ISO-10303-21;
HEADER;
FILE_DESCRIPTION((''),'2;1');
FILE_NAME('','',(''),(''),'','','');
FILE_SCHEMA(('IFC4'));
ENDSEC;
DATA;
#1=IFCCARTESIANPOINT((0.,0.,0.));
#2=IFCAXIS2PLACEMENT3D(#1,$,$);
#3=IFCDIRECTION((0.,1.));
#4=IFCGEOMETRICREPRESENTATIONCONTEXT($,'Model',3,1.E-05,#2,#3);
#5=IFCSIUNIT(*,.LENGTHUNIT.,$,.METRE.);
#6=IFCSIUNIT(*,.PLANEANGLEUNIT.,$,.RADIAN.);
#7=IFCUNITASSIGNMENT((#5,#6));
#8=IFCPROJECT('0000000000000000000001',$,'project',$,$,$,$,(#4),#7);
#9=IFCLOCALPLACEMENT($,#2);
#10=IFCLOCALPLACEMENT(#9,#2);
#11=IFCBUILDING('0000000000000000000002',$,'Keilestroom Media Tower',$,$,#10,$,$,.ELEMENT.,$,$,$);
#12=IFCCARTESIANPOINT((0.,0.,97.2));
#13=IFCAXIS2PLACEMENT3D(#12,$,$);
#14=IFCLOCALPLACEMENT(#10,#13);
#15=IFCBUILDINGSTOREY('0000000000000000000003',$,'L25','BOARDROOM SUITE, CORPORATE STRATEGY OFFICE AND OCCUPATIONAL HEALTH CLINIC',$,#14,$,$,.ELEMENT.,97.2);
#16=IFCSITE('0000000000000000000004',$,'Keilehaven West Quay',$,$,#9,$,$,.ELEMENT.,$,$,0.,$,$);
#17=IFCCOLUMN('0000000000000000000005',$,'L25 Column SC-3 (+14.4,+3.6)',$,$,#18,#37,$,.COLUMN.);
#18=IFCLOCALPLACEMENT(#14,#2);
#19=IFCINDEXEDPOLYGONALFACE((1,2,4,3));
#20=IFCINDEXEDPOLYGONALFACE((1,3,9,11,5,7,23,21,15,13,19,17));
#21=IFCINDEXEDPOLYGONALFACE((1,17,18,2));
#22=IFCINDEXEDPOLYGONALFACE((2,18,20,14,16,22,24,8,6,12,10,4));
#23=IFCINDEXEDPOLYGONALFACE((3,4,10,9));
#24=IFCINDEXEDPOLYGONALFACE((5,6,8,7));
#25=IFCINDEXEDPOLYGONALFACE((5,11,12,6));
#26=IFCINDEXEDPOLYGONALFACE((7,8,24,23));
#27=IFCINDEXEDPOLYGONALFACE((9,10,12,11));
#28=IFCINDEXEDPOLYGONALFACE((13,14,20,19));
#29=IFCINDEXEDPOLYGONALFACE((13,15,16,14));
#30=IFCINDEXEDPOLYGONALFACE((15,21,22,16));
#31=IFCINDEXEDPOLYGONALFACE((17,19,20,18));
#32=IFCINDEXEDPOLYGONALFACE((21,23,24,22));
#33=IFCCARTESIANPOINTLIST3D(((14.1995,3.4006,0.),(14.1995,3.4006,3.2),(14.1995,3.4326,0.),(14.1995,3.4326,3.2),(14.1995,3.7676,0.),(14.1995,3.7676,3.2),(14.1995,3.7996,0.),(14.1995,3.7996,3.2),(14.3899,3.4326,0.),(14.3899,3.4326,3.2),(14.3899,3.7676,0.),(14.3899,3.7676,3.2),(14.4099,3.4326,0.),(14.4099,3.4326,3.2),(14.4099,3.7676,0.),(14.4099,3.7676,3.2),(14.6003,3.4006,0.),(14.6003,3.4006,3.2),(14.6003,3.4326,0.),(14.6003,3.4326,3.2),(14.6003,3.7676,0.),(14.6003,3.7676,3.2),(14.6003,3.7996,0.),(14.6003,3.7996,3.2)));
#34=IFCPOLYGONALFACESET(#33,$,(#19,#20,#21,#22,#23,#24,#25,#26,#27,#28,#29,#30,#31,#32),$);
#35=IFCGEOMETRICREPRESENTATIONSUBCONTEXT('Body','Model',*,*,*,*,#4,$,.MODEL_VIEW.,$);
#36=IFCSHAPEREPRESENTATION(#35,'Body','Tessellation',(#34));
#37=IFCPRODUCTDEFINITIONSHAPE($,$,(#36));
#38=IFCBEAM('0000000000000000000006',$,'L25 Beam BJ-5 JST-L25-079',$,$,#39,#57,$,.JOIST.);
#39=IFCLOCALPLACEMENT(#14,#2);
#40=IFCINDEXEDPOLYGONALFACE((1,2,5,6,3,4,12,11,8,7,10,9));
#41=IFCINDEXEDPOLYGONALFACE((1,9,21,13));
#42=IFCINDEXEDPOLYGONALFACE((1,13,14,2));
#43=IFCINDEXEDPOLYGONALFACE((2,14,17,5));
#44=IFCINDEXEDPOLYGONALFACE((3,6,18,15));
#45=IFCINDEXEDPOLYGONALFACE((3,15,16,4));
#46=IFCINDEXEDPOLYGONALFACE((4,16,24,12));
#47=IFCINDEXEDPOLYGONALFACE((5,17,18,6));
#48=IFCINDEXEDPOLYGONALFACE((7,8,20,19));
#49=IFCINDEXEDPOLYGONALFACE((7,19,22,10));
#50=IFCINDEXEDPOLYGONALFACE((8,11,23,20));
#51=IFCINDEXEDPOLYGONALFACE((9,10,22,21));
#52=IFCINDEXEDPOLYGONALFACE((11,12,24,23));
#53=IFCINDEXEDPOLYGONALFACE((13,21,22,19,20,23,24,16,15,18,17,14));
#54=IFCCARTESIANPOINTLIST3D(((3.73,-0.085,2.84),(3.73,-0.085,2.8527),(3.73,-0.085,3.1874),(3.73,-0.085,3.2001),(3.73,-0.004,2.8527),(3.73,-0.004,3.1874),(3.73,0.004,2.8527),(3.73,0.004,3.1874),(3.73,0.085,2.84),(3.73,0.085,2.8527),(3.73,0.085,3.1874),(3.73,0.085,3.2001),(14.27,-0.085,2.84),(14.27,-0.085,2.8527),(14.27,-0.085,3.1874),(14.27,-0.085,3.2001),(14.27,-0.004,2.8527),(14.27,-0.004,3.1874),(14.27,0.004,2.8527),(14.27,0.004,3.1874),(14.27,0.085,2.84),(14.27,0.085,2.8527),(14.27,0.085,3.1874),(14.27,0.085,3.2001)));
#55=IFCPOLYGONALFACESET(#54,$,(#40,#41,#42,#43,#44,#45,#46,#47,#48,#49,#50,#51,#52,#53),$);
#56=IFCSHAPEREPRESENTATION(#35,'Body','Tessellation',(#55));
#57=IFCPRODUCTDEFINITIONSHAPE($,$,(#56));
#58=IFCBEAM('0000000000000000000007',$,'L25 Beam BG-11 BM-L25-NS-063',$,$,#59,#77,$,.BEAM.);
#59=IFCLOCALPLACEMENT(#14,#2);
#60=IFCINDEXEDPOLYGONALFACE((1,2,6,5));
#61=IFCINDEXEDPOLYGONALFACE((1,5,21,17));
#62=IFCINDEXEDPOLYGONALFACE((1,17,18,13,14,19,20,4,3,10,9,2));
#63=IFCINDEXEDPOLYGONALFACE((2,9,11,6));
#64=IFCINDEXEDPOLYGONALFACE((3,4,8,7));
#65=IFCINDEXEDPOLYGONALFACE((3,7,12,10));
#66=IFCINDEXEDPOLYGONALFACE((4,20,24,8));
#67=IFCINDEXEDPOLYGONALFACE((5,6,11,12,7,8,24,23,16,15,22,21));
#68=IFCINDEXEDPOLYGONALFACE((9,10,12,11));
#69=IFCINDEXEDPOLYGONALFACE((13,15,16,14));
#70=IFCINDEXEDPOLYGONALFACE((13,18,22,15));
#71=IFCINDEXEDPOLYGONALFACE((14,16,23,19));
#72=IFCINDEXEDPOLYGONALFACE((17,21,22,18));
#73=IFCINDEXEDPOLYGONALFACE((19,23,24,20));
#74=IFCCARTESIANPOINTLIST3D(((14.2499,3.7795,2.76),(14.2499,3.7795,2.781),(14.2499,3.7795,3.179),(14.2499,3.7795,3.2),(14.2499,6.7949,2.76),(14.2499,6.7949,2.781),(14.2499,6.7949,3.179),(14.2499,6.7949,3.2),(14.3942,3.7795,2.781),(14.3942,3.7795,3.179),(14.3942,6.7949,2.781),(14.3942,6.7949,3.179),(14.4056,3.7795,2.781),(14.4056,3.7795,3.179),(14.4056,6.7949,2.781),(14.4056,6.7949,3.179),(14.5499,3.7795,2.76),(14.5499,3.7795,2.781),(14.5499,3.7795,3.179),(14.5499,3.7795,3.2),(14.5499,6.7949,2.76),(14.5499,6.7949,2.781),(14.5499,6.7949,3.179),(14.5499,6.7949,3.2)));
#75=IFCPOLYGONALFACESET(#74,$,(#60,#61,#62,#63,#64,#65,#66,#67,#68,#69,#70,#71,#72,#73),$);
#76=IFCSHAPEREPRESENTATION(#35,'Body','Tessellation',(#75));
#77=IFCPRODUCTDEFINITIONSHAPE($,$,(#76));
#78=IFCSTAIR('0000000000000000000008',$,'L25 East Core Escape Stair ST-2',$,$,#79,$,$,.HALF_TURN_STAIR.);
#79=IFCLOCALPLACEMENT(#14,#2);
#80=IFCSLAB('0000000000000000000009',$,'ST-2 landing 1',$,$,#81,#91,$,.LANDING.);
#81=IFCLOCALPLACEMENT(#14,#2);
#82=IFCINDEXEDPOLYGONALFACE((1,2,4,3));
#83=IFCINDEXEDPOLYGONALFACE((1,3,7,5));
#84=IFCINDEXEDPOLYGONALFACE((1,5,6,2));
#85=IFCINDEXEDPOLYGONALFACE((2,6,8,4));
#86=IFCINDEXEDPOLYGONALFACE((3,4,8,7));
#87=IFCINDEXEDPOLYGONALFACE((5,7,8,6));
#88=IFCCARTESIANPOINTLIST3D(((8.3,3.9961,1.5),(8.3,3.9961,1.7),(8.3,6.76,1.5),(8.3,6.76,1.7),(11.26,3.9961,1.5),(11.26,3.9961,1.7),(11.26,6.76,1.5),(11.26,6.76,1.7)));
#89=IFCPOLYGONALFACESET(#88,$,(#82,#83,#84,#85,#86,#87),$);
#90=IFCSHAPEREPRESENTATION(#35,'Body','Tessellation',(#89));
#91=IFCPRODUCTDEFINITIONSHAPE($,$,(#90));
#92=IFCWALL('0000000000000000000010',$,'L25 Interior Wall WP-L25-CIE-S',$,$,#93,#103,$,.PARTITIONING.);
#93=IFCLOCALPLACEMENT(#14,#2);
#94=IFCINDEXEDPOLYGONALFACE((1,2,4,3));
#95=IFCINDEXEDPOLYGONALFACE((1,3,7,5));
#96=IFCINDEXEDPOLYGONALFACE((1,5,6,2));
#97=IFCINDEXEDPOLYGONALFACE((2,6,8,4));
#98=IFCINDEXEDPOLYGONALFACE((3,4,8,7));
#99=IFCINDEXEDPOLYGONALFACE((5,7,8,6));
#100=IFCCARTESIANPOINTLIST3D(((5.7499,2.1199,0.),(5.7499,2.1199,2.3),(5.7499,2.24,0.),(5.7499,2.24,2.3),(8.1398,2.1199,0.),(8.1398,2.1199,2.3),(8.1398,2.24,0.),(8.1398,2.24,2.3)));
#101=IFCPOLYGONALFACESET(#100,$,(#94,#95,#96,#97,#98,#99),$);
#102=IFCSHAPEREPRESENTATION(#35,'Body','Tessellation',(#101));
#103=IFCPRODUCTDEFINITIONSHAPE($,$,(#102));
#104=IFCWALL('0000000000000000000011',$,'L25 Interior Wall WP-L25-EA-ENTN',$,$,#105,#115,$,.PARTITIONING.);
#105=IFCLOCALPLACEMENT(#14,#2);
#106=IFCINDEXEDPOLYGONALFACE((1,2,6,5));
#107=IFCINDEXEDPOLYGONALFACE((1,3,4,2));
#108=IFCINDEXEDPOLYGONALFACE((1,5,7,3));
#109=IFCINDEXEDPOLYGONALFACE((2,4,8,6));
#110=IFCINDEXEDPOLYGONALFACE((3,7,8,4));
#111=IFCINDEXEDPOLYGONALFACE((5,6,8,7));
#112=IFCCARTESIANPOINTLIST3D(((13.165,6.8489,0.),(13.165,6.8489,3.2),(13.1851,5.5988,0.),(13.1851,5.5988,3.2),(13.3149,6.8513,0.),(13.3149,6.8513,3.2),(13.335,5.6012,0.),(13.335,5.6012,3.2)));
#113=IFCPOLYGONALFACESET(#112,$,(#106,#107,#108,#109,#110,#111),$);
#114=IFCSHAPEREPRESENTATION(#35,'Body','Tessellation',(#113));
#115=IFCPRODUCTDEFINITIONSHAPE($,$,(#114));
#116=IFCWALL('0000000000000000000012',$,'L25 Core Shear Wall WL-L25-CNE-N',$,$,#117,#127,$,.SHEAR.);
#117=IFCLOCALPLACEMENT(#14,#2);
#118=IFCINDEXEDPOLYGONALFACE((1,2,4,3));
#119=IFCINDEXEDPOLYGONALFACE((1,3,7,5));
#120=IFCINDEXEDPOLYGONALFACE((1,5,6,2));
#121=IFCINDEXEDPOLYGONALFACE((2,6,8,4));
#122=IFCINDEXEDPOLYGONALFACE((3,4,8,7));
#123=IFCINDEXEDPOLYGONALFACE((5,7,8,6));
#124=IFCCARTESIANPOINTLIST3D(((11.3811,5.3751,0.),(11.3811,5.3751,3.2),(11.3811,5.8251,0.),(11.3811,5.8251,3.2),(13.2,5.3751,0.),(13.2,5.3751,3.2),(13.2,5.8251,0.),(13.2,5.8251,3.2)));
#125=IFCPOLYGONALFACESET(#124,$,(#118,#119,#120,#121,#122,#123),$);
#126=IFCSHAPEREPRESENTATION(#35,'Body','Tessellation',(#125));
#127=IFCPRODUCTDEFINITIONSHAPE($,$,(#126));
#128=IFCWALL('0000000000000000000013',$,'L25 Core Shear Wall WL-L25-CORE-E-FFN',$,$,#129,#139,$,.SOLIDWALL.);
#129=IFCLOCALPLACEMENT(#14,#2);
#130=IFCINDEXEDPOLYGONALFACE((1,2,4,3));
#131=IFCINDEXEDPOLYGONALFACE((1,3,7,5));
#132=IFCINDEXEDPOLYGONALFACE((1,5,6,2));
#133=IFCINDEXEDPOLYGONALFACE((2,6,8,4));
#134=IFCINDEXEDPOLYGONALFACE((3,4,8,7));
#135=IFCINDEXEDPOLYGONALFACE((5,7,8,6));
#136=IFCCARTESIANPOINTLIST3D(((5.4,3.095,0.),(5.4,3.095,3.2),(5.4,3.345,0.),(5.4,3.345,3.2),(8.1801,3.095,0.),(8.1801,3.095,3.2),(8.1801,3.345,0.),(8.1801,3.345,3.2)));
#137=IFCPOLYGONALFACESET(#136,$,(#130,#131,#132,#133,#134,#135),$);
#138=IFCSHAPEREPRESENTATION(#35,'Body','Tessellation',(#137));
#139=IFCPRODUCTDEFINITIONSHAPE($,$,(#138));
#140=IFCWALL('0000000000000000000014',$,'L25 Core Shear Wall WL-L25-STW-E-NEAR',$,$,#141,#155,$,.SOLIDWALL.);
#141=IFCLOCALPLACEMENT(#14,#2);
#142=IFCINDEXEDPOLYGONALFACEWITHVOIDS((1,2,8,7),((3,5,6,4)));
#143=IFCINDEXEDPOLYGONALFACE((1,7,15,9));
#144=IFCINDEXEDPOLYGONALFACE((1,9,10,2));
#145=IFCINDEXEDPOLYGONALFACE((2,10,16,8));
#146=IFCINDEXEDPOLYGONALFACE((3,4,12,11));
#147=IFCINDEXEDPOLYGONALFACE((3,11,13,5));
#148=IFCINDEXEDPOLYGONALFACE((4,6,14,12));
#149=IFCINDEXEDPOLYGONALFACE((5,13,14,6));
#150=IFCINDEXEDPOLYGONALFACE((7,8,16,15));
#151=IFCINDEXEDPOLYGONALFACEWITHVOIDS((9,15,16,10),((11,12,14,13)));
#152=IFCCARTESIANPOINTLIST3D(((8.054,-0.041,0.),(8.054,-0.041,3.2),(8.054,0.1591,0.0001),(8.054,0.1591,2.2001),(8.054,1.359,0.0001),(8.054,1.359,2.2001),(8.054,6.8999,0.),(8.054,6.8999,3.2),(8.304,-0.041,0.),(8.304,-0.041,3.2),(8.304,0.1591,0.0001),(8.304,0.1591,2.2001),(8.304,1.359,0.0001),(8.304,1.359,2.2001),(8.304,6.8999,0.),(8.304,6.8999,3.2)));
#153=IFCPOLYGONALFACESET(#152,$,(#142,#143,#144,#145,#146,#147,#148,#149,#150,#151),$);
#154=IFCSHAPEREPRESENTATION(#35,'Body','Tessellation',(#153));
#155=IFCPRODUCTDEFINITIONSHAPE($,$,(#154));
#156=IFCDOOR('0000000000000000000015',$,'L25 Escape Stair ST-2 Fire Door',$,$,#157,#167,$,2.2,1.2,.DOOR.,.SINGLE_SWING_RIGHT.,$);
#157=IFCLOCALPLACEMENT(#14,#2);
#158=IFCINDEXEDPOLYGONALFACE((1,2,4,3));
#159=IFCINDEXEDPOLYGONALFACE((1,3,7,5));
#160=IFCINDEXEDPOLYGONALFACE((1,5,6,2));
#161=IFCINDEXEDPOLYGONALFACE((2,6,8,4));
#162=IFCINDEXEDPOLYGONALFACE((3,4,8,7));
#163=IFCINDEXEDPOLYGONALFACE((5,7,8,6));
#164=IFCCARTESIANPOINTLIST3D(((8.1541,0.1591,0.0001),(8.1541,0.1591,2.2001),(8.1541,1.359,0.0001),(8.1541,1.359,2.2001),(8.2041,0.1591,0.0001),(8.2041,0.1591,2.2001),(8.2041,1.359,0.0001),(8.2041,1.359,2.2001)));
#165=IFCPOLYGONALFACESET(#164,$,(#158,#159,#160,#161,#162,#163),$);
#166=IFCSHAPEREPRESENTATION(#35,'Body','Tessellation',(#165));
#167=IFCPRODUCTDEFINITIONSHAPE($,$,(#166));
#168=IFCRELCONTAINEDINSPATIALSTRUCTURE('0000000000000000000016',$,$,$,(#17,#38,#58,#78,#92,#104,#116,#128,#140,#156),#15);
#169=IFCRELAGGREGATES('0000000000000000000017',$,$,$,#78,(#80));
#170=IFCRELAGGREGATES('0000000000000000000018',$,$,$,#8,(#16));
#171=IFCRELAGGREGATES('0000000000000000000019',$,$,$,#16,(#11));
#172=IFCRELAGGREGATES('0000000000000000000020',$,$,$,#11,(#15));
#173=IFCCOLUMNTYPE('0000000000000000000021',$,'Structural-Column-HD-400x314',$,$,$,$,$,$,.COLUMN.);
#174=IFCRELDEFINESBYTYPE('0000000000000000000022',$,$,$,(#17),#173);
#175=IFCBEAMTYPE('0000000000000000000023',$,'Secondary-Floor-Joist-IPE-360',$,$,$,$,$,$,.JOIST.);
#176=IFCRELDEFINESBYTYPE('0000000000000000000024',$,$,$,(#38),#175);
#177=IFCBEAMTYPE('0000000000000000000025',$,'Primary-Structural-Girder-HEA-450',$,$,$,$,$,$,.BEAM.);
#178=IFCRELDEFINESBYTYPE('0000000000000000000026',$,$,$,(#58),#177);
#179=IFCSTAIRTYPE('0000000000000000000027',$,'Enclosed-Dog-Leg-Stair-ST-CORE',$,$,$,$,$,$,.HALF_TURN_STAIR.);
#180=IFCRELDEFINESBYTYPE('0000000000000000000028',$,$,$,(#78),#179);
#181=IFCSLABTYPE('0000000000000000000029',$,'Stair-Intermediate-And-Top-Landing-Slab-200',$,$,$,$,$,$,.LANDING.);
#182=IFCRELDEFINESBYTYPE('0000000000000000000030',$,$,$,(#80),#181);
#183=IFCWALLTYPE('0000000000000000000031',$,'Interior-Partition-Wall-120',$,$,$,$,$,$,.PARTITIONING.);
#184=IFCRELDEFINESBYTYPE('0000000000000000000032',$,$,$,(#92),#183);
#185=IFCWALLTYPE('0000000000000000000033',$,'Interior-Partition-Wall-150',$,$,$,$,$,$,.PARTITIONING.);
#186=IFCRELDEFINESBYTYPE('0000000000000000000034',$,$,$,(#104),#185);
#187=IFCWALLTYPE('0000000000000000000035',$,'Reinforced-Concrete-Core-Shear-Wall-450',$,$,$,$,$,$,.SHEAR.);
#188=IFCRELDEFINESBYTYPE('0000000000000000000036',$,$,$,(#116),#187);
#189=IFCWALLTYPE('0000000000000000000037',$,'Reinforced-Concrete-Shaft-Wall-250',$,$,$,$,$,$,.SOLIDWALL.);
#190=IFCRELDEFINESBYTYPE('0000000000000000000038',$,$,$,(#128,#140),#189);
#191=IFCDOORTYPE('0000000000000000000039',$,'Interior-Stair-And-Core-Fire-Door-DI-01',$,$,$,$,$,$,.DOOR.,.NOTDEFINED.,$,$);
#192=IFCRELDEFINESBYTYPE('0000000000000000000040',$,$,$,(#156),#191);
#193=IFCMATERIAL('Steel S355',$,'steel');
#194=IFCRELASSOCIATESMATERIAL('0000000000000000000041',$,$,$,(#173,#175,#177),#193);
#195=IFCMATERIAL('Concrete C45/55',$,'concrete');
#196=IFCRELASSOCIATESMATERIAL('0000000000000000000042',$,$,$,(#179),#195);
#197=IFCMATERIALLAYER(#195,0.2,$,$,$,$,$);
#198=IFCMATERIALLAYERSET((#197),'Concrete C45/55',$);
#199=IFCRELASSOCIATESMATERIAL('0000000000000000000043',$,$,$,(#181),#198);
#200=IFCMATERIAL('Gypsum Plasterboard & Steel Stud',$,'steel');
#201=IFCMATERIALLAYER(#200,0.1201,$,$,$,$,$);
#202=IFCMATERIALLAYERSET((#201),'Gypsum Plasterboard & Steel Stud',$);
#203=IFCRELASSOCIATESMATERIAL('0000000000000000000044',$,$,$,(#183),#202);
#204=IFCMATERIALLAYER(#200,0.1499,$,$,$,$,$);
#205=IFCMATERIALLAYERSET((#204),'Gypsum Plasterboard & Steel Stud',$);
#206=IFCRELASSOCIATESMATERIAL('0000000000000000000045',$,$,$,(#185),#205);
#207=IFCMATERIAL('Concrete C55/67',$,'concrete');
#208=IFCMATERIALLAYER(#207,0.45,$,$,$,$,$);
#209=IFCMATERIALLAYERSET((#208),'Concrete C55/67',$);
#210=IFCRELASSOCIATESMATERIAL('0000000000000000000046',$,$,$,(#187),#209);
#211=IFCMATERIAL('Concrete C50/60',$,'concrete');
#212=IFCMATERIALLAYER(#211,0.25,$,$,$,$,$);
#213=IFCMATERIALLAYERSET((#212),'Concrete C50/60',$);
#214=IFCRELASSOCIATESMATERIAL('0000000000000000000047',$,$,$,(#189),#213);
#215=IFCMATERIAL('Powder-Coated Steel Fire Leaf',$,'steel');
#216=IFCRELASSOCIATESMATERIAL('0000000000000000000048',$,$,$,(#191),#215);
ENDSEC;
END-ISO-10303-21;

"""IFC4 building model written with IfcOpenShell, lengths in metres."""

from ifc_helpers import new_model, si_unit, direction, frame, frame_2d, origin, origin_2d, place, context, subcontext, project, spatial, polyline, rectangle, i_section, outline, extrude, source, transform, mapped, material, layer, layer_set, material_profile, profile_set, type_object, element, fill, aggregate, save


model = new_model("IFC4")

# Units and contexts
model_context = context("Model", 3, precision=1e-05, world=origin(), true_north=direction((0.0, 1.0)))
body_context = subcontext(model_context, "Body", "Model", "MODEL_VIEW")
ifc_project = project(units=[si_unit("LENGTHUNIT", "METRE"), si_unit("PLANEANGLEUNIT", "RADIAN")], contexts=[model_context])

# Site, building, storey
site_placement = place(None, origin())
site = spatial("IfcSite", under=ifc_project, at=site_placement, Name="Keilehaven West Quay", CompositionType="ELEMENT", RefElevation=0.0)
building_placement = place(site_placement, origin())
building = spatial("IfcBuilding", under=site, at=building_placement, Name="Keilestroom Media Tower", CompositionType="ELEMENT")
storey_placement = place(building_placement, frame((0.0, 0.0, 97.2)))
storey = spatial("IfcBuildingStorey", under=building, at=storey_placement, Name="L25", Description="BOARDROOM SUITE, CORPORATE STRATEGY OFFICE AND OCCUPATIONAL HEALTH CLINIC", CompositionType="ELEMENT", Elevation=97.2)

# Column
ifc_material_1 = material(Name="Steel S355", Category="steel")
ifc_material_profile_1 = material_profile(ifc_material_1, i_section(OverallWidth=0.4009, OverallDepth=0.3989, WebThickness=0.02, FlangeThickness=0.032, at=origin_2d()), Name="HD 400x314")
ifc_profile_set_1 = profile_set([ifc_material_profile_1], Name="Steel S355")
column_type = type_object("IfcColumnType", Name="Structural-Column-HD-400x314", PredefinedType="COLUMN", material=ifc_profile_set_1)
shared_shape_1 = source(origin(), body_context, "Body", "SweptSolid", [
    extrude(i_section(OverallWidth=0.4009, OverallDepth=0.3989, WebThickness=0.02, FlangeThickness=0.032, at=origin_2d()), origin(), (0.0, 0.0, 1.0), 3.2),
])
column_placement = place(storey_placement, frame((14.3999, 3.6001, 0.0), z_axis=(0.0, 0.0, 1.0), x_axis=(1.0, 0.0, 0.0)))
element("IfcColumn", 1, at=column_placement, inside=storey, type_object=column_type, Name="L25 Column SC-3 (+14.4,+3.6)", PredefinedType="COLUMN", context=body_context, shape_type="MappedRepresentation", body=[
    mapped(shared_shape_1, transform((0.0, 0.0, 0.0), x_axis=(1.0, 0.0, 0.0), y_axis=(0.0, 1.0, 0.0), z_axis=(0.0, 0.0, 1.0), scale=1.0)),
])

# Beams
ifc_material_profile_2 = material_profile(ifc_material_1, i_section(OverallWidth=0.1699, OverallDepth=0.3601, WebThickness=0.0081, FlangeThickness=0.0127, at=origin_2d()), Name="IPE 360")
ifc_profile_set_2 = profile_set([ifc_material_profile_2], Name="Steel S355")
beam_type_1 = type_object("IfcBeamType", Name="Secondary-Floor-Joist-IPE-360", PredefinedType="JOIST", material=ifc_profile_set_2)
shared_shape_2 = source(origin(), body_context, "Body", "SweptSolid", [
    extrude(i_section(OverallWidth=0.1699, OverallDepth=0.3601, WebThickness=0.0081, FlangeThickness=0.0127, at=origin_2d()), origin(), (0.0, 0.0, 1.0), 10.54),
])
beam_1_placement = place(storey_placement, frame((3.73, 0.0, 3.02), z_axis=(1.0, 0.0, 0.0), x_axis=(0.0, 1.0, 0.0)))
element("IfcBeam", 2, at=beam_1_placement, inside=storey, type_object=beam_type_1, Name="L25 Beam BJ-5 JST-L25-079", PredefinedType="JOIST", context=body_context, shape_type="MappedRepresentation", body=[
    mapped(shared_shape_2, transform((0.0, 0.0, 0.0), x_axis=(1.0, 0.0, 0.0), y_axis=(0.0, 1.0, 0.0), z_axis=(0.0, 0.0, 1.0), scale=1.0)),
])
ifc_material_profile_3 = material_profile(ifc_material_1, i_section(OverallWidth=0.3, OverallDepth=0.4399, WebThickness=0.0115, FlangeThickness=0.021, at=origin_2d()), Name="HEA 450")
ifc_profile_set_3 = profile_set([ifc_material_profile_3], Name="Steel S355")
beam_type_2 = type_object("IfcBeamType", Name="Primary-Structural-Girder-HEA-450", PredefinedType="BEAM", material=ifc_profile_set_3)
shared_shape_3 = source(origin(), body_context, "Body", "SweptSolid", [
    extrude(i_section(OverallWidth=0.3, OverallDepth=0.4399, WebThickness=0.0115, FlangeThickness=0.021, at=origin_2d()), origin(), (0.0, 0.0, 1.0), 3.0154),
])
beam_2_placement = place(storey_placement, frame((14.3999, 3.7795, 2.98), z_axis=(0.0, 1.0, 0.0), x_axis=(-1.0, 0.0, 0.0)))
element("IfcBeam", 3, at=beam_2_placement, inside=storey, type_object=beam_type_2, Name="L25 Beam BG-11 BM-L25-NS-063", PredefinedType="BEAM", context=body_context, shape_type="MappedRepresentation", body=[
    mapped(shared_shape_3, transform((0.0, 0.0, 0.0), x_axis=(1.0, 0.0, 0.0), y_axis=(0.0, 1.0, 0.0), z_axis=(0.0, 0.0, 1.0), scale=1.0)),
])

# Stair, slab
ifc_material_2 = material(Name="Concrete C45/55", Category="concrete")
stair_type = type_object("IfcStairType", Name="Enclosed-Dog-Leg-Stair-ST-CORE", PredefinedType="HALF_TURN_STAIR", material=ifc_material_2)
stair_placement = place(storey_placement, origin())
stair = element("IfcStair", 4, at=stair_placement, inside=storey, type_object=stair_type, Name="L25 East Core Escape Stair ST-2", PredefinedType="HALF_TURN_STAIR")
ifc_layer_1 = layer(ifc_material_2, 0.2)
ifc_layer_set_1 = layer_set([ifc_layer_1], Name="Concrete C45/55")
slab_type = type_object("IfcSlabType", Name="Stair-Intermediate-And-Top-Landing-Slab-200", PredefinedType="LANDING", material=ifc_layer_set_1)
slab_placement = place(storey_placement, frame((0.0, 0.0, 1.5)))
slab = element("IfcSlab", 5, at=slab_placement, type_object=slab_type, Name="ST-2 landing 1", PredefinedType="LANDING", context=body_context, shape_type="SweptSolid", body=[
    extrude(outline(polyline([(11.26, 3.9961), (11.26, 6.76), (8.3, 6.76), (8.3, 3.9961), (11.26, 3.9961)])), origin(), (0.0, 0.0, 1.0), 0.2),
])

# Walls
ifc_material_3 = material(Name="Gypsum Plasterboard & Steel Stud", Category="steel")
ifc_layer_2 = layer(ifc_material_3, 0.1201)
ifc_layer_set_2 = layer_set([ifc_layer_2], Name="Gypsum Plasterboard & Steel Stud")
wall_type_1 = type_object("IfcWallType", Name="Interior-Partition-Wall-120", PredefinedType="PARTITIONING", material=ifc_layer_set_2)
wall_1_placement = place(storey_placement, frame((5.75, 2.1799, 0.0), z_axis=(0.0, 0.0, 1.0), x_axis=(1.0, 0.0, 0.0)))
element("IfcWall", 6, at=wall_1_placement, inside=storey, type_object=wall_type_1, Name="L25 Interior Wall WP-L25-CIE-S", PredefinedType="PARTITIONING", context=body_context, shape_type="SweptSolid", body=[
    extrude(rectangle(XDim=2.3899, YDim=0.1201, at=frame_2d((1.1948, 0.0))), origin(), (0.0, 0.0, 1.0), 2.3),
])
ifc_layer_3 = layer(ifc_material_3, 0.1499)
ifc_layer_set_3 = layer_set([ifc_layer_3], Name="Gypsum Plasterboard & Steel Stud")
wall_type_2 = type_object("IfcWallType", Name="Interior-Partition-Wall-150", PredefinedType="PARTITIONING", material=ifc_layer_set_3)
wall_2_placement = place(storey_placement, frame((13.26, 5.6001, 0.0), z_axis=(0.0, 0.0, 1.0), x_axis=(-0.016014, 0.999872, 0.0)))
element("IfcWall", 7, at=wall_2_placement, inside=storey, type_object=wall_type_2, Name="L25 Interior Wall WP-L25-EA-ENTN", PredefinedType="PARTITIONING", context=body_context, shape_type="SweptSolid", body=[
    extrude(rectangle(XDim=1.2502, YDim=0.1499, at=frame_2d((0.625, 0.0))), origin(), (0.0, 0.0, 1.0), 3.2),
])
ifc_material_4 = material(Name="Concrete C55/67", Category="concrete")
ifc_layer_4 = layer(ifc_material_4, 0.45)
ifc_layer_set_4 = layer_set([ifc_layer_4], Name="Concrete C55/67")
wall_type_3 = type_object("IfcWallType", Name="Reinforced-Concrete-Core-Shear-Wall-450", PredefinedType="SHEAR", material=ifc_layer_set_4)
wall_3_placement = place(storey_placement, frame((11.3811, 5.6001, 0.0), z_axis=(0.0, 0.0, 1.0), x_axis=(1.0, 0.0, 0.0)))
element("IfcWall", 8, at=wall_3_placement, inside=storey, type_object=wall_type_3, Name="L25 Core Shear Wall WL-L25-CNE-N", PredefinedType="SHEAR", context=body_context, shape_type="SweptSolid", body=[
    extrude(rectangle(XDim=1.8188, YDim=0.45, at=frame_2d((0.9094, 0.0))), origin(), (0.0, 0.0, 1.0), 3.2),
])
ifc_material_5 = material(Name="Concrete C50/60", Category="concrete")
ifc_layer_5 = layer(ifc_material_5, 0.25)
ifc_layer_set_5 = layer_set([ifc_layer_5], Name="Concrete C50/60")
wall_type_4 = type_object("IfcWallType", Name="Reinforced-Concrete-Shaft-Wall-250", PredefinedType="SOLIDWALL", material=ifc_layer_set_5)
wall_4_placement = place(storey_placement, frame((5.3999, 3.22, 0.0), z_axis=(0.0, 0.0, 1.0), x_axis=(1.0, 0.0, 0.0)))
element("IfcWall", 9, at=wall_4_placement, inside=storey, type_object=wall_type_4, Name="L25 Core Shear Wall WL-L25-CORE-E-FFN", PredefinedType="SOLIDWALL", context=body_context, shape_type="SweptSolid", body=[
    extrude(rectangle(XDim=2.78, YDim=0.25, at=frame_2d((1.3901, 0.0))), origin(), (0.0, 0.0, 1.0), 3.2),
])

# Wall, opening, door
wall_5_placement = place(storey_placement, frame((8.179, -0.041, 0.0), z_axis=(0.0, 0.0, 1.0), x_axis=(0.0, 1.0, 0.0)))
wall_5 = element("IfcWall", 10, at=wall_5_placement, inside=storey, type_object=wall_type_4, Name="L25 Core Shear Wall WL-L25-STW-E-NEAR", PredefinedType="SOLIDWALL", context=body_context, shape_type="SweptSolid", body=[
    extrude(rectangle(XDim=6.9409, YDim=0.25, at=frame_2d((3.4705, 0.0))), origin(), (0.0, 0.0, 1.0), 3.2),
])
opening_placement = place(wall_5_placement, frame((0.2, 0.0, 0.0)))
opening = element("IfcOpeningElement", 11, at=opening_placement, cuts=wall_5, PredefinedType="OPENING", context=body_context, shape_type="SweptSolid", body=[
    extrude(rectangle(XDim=1.2, YDim=2.2, at=frame_2d((0.6001, 1.1001))), frame((0.0, 0.135, 0.0), z_axis=(0.0, -1.0, 0.0), x_axis=(1.0, 0.0, 0.0)), (0.0, 0.0, 1.0), 0.27),
])
ifc_material_6 = material(Name="Powder-Coated Steel Fire Leaf", Category="steel")
door_type = type_object("IfcDoorType", Name="Interior-Stair-And-Core-Fire-Door-DI-01", OperationType="NOTDEFINED", PredefinedType="DOOR", material=ifc_material_6)
shared_shape_4 = source(origin(), body_context, "Body", "SweptSolid", [
    extrude(rectangle(XDim=1.2, YDim=2.2, at=frame_2d((0.6001, 1.1001))), frame((0.0, 0.0249, 0.0), z_axis=(0.0, -1.0, 0.0), x_axis=(1.0, 0.0, 0.0)), (0.0, 0.0, 1.0), 0.05),
])
door_placement = place(opening_placement, origin())
door = element("IfcDoor", 12, at=door_placement, inside=storey, type_object=door_type, Name="L25 Escape Stair ST-2 Fire Door", OperationType="SINGLE_SWING_RIGHT", OverallHeight=2.2, OverallWidth=1.2, PredefinedType="DOOR", context=body_context, shape_type="MappedRepresentation", body=[
    mapped(shared_shape_4, transform((0.0, 0.0, 0.0), x_axis=(1.0, 0.0, 0.0), y_axis=(0.0, 1.0, 0.0), z_axis=(0.0, 0.0, 1.0), scale=1.0)),
])
fill(opening, door)

aggregate(stair, [slab])

save(model, "model.ifc")
